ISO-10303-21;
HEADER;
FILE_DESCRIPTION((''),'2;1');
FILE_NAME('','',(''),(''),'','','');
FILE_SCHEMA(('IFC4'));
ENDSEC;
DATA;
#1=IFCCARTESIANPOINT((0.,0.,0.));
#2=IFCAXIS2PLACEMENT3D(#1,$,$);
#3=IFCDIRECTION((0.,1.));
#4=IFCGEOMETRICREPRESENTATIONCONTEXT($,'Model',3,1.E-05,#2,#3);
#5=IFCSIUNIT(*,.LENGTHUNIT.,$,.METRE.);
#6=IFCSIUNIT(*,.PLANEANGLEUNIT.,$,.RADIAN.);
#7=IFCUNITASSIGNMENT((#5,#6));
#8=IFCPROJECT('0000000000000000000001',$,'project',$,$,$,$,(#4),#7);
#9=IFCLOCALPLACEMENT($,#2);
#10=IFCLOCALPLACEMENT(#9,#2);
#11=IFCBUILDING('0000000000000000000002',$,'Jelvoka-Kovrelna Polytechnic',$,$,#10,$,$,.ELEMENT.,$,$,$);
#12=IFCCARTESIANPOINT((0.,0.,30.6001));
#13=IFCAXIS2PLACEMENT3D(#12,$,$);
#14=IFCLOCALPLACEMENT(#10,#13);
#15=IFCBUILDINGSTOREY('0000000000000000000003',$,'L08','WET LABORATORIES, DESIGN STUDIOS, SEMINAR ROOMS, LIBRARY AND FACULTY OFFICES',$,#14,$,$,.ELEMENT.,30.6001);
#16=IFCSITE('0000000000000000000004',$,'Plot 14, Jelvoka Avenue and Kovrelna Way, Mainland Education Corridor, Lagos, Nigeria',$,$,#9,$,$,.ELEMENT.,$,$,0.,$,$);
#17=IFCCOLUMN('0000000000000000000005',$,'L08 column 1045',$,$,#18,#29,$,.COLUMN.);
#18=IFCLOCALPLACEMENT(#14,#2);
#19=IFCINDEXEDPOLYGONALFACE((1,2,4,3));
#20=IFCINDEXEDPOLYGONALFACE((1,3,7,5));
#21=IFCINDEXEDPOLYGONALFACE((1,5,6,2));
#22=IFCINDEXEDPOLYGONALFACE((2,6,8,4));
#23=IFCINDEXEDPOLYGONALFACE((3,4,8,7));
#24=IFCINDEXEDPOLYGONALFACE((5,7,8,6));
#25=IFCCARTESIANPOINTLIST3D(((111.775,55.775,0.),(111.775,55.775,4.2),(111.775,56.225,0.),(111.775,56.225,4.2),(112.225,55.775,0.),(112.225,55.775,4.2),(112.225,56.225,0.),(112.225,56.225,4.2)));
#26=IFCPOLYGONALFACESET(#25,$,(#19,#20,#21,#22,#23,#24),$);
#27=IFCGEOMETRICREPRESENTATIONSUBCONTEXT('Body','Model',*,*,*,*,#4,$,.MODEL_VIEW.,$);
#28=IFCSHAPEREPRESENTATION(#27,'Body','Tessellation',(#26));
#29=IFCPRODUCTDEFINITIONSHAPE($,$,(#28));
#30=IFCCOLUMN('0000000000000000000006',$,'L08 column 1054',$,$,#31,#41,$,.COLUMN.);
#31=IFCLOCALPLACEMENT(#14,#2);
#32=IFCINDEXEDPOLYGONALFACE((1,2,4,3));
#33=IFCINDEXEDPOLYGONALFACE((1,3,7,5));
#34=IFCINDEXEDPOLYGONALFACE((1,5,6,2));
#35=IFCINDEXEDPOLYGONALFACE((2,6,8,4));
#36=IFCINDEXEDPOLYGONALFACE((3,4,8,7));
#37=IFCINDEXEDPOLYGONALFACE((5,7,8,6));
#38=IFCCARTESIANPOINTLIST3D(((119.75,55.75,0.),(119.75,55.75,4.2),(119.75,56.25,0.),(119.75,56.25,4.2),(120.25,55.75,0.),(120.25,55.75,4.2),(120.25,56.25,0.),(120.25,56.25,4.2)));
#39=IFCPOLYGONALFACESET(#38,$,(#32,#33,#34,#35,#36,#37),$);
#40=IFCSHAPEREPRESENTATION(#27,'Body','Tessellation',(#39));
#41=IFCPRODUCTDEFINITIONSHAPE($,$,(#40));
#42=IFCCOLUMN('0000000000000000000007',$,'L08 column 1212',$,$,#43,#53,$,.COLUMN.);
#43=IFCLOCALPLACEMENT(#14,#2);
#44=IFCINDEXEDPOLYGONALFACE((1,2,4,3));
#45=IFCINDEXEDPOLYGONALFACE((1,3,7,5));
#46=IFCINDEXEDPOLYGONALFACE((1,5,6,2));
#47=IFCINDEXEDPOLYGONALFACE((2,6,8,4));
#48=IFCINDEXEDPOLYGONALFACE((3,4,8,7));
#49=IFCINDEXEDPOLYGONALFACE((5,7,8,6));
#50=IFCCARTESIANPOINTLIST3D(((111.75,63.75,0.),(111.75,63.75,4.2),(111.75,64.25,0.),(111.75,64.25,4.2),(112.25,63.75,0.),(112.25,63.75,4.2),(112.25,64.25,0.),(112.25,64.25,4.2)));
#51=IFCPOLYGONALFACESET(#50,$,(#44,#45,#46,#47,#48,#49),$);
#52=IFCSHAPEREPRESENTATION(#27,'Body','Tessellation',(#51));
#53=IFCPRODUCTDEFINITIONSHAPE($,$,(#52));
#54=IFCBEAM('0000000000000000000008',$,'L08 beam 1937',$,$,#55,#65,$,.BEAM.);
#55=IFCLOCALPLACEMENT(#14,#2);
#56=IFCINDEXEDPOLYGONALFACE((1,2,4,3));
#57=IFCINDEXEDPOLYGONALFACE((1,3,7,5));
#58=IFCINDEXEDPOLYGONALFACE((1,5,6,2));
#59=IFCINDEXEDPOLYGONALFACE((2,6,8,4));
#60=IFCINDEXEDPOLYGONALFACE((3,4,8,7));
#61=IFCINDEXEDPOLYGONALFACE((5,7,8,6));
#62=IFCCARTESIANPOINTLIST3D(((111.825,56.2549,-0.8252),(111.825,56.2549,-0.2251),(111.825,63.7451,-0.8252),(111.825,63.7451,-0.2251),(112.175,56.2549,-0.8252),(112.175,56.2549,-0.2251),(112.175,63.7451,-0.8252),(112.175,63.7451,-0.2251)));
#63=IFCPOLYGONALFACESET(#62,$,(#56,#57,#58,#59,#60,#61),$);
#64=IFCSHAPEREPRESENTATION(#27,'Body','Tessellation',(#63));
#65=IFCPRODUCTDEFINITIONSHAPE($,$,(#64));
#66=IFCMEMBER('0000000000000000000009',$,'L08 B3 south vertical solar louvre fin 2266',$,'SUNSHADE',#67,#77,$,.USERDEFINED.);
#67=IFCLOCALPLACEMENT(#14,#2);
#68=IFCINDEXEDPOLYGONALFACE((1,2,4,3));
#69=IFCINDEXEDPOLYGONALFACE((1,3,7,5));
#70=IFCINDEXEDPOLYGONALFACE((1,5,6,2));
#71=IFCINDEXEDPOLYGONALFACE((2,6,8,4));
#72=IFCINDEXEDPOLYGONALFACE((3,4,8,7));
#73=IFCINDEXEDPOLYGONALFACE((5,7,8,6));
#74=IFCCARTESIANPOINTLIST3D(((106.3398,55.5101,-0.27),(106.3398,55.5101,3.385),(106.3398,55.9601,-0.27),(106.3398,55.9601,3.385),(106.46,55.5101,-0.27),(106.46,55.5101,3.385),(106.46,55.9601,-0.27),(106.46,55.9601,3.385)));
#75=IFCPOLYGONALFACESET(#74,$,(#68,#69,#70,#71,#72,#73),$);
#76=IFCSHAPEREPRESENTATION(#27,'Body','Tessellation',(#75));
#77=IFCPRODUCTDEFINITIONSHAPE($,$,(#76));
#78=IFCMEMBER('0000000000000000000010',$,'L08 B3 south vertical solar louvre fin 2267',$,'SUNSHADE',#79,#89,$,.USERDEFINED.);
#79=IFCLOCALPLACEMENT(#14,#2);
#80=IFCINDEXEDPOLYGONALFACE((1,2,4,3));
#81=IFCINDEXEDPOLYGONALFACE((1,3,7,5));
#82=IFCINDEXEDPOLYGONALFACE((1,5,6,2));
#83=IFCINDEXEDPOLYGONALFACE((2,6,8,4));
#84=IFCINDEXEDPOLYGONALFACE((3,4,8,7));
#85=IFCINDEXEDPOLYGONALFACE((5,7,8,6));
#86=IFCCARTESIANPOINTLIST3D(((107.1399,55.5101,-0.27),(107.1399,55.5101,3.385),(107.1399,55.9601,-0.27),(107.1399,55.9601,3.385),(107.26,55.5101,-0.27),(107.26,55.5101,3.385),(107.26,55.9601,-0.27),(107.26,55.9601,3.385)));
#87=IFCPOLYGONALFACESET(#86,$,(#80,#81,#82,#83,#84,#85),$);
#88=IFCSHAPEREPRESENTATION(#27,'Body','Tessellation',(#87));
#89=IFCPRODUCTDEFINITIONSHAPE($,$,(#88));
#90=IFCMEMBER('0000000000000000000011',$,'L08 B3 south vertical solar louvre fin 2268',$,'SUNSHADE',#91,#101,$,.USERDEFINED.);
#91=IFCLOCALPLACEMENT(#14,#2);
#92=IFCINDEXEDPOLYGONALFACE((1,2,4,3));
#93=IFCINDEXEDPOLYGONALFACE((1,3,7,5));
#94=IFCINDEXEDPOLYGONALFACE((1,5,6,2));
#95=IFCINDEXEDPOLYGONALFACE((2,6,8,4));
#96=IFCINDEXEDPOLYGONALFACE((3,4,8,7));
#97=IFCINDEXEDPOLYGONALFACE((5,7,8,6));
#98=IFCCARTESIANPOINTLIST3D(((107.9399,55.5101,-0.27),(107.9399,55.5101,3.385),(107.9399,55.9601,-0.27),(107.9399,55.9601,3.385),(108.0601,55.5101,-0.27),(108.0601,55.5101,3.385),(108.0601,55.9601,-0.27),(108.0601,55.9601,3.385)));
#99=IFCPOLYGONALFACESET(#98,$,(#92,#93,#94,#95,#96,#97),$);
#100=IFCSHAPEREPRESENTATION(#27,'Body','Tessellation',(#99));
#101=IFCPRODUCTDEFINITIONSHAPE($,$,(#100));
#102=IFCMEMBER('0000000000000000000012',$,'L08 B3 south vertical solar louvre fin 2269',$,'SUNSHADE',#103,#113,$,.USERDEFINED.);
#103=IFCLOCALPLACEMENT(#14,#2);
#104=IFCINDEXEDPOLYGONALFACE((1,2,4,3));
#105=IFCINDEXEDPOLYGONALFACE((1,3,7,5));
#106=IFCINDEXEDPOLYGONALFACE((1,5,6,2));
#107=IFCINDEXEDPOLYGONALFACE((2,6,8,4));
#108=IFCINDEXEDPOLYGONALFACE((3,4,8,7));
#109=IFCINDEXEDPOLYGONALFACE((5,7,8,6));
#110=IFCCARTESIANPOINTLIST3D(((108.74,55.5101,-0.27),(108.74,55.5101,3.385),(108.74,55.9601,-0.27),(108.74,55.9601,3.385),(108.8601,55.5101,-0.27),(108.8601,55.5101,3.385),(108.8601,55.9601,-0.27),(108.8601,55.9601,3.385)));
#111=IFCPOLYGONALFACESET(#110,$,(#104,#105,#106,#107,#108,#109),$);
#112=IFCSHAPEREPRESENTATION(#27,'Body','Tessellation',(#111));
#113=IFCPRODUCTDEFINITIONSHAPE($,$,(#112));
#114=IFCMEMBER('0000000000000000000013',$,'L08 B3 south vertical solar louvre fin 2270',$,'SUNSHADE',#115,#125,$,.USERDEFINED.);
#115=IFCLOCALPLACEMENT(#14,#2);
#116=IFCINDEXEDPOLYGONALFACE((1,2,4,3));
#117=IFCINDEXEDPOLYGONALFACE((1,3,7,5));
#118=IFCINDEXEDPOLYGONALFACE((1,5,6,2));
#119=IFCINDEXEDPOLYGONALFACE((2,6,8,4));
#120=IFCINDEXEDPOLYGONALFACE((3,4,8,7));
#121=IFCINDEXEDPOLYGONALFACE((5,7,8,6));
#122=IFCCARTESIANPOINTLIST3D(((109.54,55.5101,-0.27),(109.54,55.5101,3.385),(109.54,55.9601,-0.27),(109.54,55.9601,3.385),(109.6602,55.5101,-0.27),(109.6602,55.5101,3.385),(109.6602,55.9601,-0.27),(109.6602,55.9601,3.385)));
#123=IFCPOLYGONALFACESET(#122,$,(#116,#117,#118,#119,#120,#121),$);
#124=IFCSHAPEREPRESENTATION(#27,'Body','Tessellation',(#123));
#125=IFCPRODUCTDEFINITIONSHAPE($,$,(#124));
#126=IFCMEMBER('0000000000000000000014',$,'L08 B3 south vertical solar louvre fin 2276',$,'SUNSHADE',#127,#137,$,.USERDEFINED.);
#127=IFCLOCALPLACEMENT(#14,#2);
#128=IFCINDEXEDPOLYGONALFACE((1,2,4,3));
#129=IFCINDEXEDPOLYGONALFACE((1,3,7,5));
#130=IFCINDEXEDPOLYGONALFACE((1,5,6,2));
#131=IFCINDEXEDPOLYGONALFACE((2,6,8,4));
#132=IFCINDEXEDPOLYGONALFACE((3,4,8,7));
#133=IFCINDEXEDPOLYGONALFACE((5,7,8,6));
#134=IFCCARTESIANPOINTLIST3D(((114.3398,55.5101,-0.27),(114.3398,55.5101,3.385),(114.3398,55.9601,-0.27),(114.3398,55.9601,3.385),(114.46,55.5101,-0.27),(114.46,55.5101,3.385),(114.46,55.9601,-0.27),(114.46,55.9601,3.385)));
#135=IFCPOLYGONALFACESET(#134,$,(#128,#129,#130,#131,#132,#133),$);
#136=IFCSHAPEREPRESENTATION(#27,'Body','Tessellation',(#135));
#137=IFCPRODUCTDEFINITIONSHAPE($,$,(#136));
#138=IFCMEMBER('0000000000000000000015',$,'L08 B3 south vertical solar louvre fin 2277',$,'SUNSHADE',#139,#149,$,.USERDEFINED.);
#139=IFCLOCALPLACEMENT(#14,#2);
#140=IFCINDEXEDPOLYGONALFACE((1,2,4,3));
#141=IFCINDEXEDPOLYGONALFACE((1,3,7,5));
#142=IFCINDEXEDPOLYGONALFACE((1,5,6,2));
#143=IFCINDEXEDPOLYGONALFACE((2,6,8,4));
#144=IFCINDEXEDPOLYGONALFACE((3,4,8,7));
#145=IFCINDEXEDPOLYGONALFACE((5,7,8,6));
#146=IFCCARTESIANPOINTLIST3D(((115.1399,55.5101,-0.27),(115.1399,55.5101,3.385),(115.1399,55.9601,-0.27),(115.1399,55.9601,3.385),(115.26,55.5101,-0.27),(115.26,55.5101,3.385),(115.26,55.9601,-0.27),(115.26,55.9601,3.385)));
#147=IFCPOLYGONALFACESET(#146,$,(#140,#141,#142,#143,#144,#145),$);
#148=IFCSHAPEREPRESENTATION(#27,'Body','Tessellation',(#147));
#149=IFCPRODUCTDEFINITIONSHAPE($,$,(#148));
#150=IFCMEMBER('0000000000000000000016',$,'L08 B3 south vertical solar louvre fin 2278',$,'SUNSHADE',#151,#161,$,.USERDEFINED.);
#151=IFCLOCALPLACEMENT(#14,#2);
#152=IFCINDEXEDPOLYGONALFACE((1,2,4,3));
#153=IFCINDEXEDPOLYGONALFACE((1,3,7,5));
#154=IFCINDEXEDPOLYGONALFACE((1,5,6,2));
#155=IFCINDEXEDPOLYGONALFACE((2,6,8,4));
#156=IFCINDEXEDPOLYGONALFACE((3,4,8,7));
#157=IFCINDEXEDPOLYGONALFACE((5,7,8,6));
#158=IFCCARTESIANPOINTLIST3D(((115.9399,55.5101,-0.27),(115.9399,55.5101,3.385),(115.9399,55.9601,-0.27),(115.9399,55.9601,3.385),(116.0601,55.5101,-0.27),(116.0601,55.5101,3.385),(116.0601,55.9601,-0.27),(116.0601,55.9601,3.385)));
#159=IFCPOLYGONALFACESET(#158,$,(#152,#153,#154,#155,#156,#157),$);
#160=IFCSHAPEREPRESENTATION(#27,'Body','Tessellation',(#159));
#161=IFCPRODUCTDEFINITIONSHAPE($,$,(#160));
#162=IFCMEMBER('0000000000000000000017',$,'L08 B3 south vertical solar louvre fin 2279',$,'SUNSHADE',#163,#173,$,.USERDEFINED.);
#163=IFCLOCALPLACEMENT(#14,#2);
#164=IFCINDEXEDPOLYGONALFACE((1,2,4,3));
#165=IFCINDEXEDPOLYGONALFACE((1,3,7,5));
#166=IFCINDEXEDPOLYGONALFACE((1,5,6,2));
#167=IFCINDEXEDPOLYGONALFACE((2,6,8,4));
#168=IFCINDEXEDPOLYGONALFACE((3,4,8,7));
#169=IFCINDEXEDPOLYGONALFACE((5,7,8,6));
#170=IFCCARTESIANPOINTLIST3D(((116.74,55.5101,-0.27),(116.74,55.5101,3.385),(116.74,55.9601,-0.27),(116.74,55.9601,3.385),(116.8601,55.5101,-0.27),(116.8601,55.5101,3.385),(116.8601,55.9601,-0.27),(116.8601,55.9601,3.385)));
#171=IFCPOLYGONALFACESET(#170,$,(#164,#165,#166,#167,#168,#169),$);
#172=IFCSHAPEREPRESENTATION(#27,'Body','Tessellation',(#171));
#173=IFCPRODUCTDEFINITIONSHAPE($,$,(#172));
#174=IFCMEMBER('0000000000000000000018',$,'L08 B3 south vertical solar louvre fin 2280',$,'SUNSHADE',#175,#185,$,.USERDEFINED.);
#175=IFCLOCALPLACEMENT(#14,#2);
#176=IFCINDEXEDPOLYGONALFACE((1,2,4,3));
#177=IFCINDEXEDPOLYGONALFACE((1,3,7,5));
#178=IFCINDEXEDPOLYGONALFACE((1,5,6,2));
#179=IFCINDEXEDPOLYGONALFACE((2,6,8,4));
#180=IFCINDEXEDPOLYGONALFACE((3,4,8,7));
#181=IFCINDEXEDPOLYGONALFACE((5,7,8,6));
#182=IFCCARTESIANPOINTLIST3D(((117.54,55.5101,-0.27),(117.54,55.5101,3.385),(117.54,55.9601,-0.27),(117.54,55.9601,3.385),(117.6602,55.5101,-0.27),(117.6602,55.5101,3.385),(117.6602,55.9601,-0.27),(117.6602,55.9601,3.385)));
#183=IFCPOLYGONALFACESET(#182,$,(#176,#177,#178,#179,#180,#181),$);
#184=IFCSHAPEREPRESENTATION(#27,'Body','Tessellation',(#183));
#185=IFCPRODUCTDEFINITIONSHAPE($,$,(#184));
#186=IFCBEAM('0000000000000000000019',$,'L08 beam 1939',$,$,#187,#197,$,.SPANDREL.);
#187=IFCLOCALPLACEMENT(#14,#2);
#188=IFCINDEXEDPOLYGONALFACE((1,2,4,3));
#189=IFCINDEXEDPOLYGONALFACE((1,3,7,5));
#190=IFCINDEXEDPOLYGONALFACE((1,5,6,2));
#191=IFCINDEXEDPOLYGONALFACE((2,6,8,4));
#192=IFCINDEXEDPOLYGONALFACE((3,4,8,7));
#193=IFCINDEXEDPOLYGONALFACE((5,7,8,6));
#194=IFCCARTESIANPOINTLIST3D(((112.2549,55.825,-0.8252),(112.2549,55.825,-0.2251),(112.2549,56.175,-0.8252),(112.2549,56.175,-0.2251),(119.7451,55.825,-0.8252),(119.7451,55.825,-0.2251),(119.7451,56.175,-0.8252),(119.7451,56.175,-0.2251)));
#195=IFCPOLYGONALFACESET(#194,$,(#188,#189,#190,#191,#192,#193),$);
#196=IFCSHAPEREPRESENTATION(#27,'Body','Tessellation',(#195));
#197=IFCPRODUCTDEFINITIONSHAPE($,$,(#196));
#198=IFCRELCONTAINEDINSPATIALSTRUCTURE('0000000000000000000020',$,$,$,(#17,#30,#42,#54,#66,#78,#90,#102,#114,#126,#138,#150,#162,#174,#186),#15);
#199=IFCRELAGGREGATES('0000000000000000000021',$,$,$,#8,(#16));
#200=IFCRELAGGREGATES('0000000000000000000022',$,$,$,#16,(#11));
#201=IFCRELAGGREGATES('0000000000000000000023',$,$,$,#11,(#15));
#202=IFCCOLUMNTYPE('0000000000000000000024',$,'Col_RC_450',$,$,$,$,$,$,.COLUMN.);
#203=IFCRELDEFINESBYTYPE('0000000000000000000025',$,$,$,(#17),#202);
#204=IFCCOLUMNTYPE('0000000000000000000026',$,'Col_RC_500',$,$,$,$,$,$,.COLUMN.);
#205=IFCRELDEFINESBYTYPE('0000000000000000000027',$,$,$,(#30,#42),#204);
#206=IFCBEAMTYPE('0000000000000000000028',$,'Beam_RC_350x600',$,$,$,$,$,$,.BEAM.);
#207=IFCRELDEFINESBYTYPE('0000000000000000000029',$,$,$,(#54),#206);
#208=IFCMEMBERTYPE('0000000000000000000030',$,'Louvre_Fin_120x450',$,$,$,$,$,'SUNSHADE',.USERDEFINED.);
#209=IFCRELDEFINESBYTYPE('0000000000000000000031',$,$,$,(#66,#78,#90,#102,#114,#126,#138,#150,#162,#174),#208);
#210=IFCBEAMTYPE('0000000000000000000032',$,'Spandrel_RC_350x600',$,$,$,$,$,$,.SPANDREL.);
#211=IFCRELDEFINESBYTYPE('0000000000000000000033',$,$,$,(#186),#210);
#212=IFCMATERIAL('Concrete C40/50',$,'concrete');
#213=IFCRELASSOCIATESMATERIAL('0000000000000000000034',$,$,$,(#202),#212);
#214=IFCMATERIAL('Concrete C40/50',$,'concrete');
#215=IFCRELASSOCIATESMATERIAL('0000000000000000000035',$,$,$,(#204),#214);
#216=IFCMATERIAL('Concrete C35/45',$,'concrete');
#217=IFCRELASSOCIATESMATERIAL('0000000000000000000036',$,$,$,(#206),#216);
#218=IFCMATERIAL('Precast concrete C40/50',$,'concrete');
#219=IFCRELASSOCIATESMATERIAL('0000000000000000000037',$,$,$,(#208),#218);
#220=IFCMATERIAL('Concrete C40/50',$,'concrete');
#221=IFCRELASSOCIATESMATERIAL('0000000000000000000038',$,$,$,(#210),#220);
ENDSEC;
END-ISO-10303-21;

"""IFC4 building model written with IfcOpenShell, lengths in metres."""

from ifc_helpers import new_model, si_unit, direction, frame, origin, origin_2d, place, context, subcontext, project, spatial, rectangle, extrude, material, material_profile, profile_set, type_object, element, save


model = new_model("IFC4")

# Units and contexts
model_context = context("Model", 3, precision=1e-05, world=origin(), true_north=direction((0.0, 1.0)))
body_context = subcontext(model_context, "Body", "Model", "MODEL_VIEW")
ifc_project = project(units=[si_unit("LENGTHUNIT", "METRE"), si_unit("PLANEANGLEUNIT", "RADIAN")], contexts=[model_context])

# Site, building, storey
site_placement = place(None, origin())
site = spatial("IfcSite", under=ifc_project, at=site_placement, Name="Plot 14, Jelvoka Avenue and Kovrelna Way, Mainland Education Corridor, Lagos, Nigeria", CompositionType="ELEMENT", RefElevation=0.0)
building_placement = place(site_placement, origin())
building = spatial("IfcBuilding", under=site, at=building_placement, Name="Jelvoka-Kovrelna Polytechnic", CompositionType="ELEMENT")
storey_placement = place(building_placement, frame((0.0, 0.0, 30.6001)))
storey = spatial("IfcBuildingStorey", under=building, at=storey_placement, Name="L08", Description="WET LABORATORIES, DESIGN STUDIOS, SEMINAR ROOMS, LIBRARY AND FACULTY OFFICES", CompositionType="ELEMENT", Elevation=30.6001)

# Columns
ifc_material_1 = material(Name="Concrete C40/50", Category="concrete")
ifc_material_profile_1 = material_profile(ifc_material_1, rectangle(XDim=0.45, YDim=0.45, at=origin_2d()), Name="RC 450x450")
ifc_profile_set_1 = profile_set([ifc_material_profile_1], Name="Concrete C40/50")
column_type_1 = type_object("IfcColumnType", Name="Col_RC_450", PredefinedType="COLUMN", material=ifc_profile_set_1)
column_placement = place(storey_placement, frame((112.0, 56.0, 0.0), z_axis=(0.0, 0.0, 1.0), x_axis=(1.0, 0.0, 0.0)))
element("IfcColumn", 1, at=column_placement, inside=storey, type_object=column_type_1, Name="L08 column 1045", PredefinedType="COLUMN", context=body_context, shape_type="SweptSolid", body=[
    extrude(rectangle(XDim=0.45, YDim=0.45, at=origin_2d()), origin(), (0.0, 0.0, 1.0), 4.2),
])
ifc_material_2 = material(Name="Concrete C40/50", Category="concrete")
ifc_material_profile_2 = material_profile(ifc_material_2, rectangle(XDim=0.5, YDim=0.5, at=origin_2d()), Name="RC 500x500")
ifc_profile_set_2 = profile_set([ifc_material_profile_2], Name="Concrete C40/50")
column_type_2 = type_object("IfcColumnType", Name="Col_RC_500", PredefinedType="COLUMN", material=ifc_profile_set_2)
for number, where, z_axis, x_axis, name in (
    (2, (120.0, 56.0, 0.0), (0.0, 0.0, 1.0), (1.0, 0.0, 0.0), "L08 column 1054"),
    (3, (112.0, 64.0, 0.0), (0.0, 0.0, 1.0), (1.0, 0.0, 0.0), "L08 column 1212"),
):
    element("IfcColumn", number, at=place(storey_placement, frame(where, z_axis=z_axis, x_axis=x_axis)), inside=storey, type_object=column_type_2, Name=name, PredefinedType="COLUMN", context=body_context, shape_type="SweptSolid", body=[
        extrude(rectangle(XDim=0.5, YDim=0.5, at=origin_2d()), origin(), (0.0, 0.0, 1.0), 4.2),
    ])

# Beam
ifc_material_3 = material(Name="Concrete C35/45", Category="concrete")
ifc_material_profile_3 = material_profile(ifc_material_3, rectangle(XDim=0.3501, YDim=0.6001, at=origin_2d()), Name="RC 350x600")
ifc_profile_set_3 = profile_set([ifc_material_profile_3], Name="Concrete C35/45")
beam_type_1 = type_object("IfcBeamType", Name="Beam_RC_350x600", PredefinedType="BEAM", material=ifc_profile_set_3)
beam_1_placement = place(storey_placement, frame((112.0, 56.2549, -0.5251), z_axis=(0.0, 1.0, 0.0), x_axis=(-1.0, 0.0, 0.0)))
element("IfcBeam", 4, at=beam_1_placement, inside=storey, type_object=beam_type_1, Name="L08 beam 1937", PredefinedType="BEAM", context=body_context, shape_type="SweptSolid", body=[
    extrude(rectangle(XDim=0.3501, YDim=0.6001, at=origin_2d()), origin(), (0.0, 0.0, 1.0), 7.4902),
])

# Members
ifc_material_4 = material(Name="Precast concrete C40/50", Category="concrete")
ifc_material_profile_4 = material_profile(ifc_material_4, rectangle(XDim=0.1201, YDim=0.45, at=origin_2d()), Name="PC 120x450")
ifc_profile_set_4 = profile_set([ifc_material_profile_4], Name="Precast concrete C40/50")
member_type = type_object("IfcMemberType", Name="Louvre_Fin_120x450", ElementType="SUNSHADE", PredefinedType="USERDEFINED", material=ifc_profile_set_4)
for number, where, z_axis, x_axis, name in (
    (5, (106.3999, 55.7351, -0.27), (0.0, 0.0, 1.0), (1.0, 0.0, 0.0), "L08 B3 south vertical solar louvre fin 2266"),
    (6, (107.2, 55.7351, -0.27), (0.0, 0.0, 1.0), (1.0, 0.0, 0.0), "L08 B3 south vertical solar louvre fin 2267"),
    (7, (108.0, 55.7351, -0.27), (0.0, 0.0, 1.0), (1.0, 0.0, 0.0), "L08 B3 south vertical solar louvre fin 2268"),
    (8, (108.8, 55.7351, -0.27), (0.0, 0.0, 1.0), (1.0, 0.0, 0.0), "L08 B3 south vertical solar louvre fin 2269"),
    (9, (109.6001, 55.7351, -0.27), (0.0, 0.0, 1.0), (1.0, 0.0, 0.0), "L08 B3 south vertical solar louvre fin 2270"),
    (10, (114.3999, 55.7351, -0.27), (0.0, 0.0, 1.0), (1.0, 0.0, 0.0), "L08 B3 south vertical solar louvre fin 2276"),
    (11, (115.2, 55.7351, -0.27), (0.0, 0.0, 1.0), (1.0, 0.0, 0.0), "L08 B3 south vertical solar louvre fin 2277"),
    (12, (116.0, 55.7351, -0.27), (0.0, 0.0, 1.0), (1.0, 0.0, 0.0), "L08 B3 south vertical solar louvre fin 2278"),
    (13, (116.8, 55.7351, -0.27), (0.0, 0.0, 1.0), (1.0, 0.0, 0.0), "L08 B3 south vertical solar louvre fin 2279"),
    (14, (117.6001, 55.7351, -0.27), (0.0, 0.0, 1.0), (1.0, 0.0, 0.0), "L08 B3 south vertical solar louvre fin 2280"),
):
    element("IfcMember", number, at=place(storey_placement, frame(where, z_axis=z_axis, x_axis=x_axis)), inside=storey, type_object=member_type, Name=name, ObjectType="SUNSHADE", PredefinedType="USERDEFINED", context=body_context, shape_type="SweptSolid", body=[
        extrude(rectangle(XDim=0.1201, YDim=0.45, at=origin_2d()), origin(), (0.0, 0.0, 1.0), 3.655),
    ])

# Beam
ifc_material_5 = material(Name="Concrete C40/50", Category="concrete")
ifc_material_profile_5 = material_profile(ifc_material_5, rectangle(XDim=0.3501, YDim=0.6001, at=origin_2d()), Name="RC 350x600")
ifc_profile_set_5 = profile_set([ifc_material_profile_5], Name="Concrete C40/50")
beam_type_2 = type_object("IfcBeamType", Name="Spandrel_RC_350x600", PredefinedType="SPANDREL", material=ifc_profile_set_5)
beam_2_placement = place(storey_placement, frame((112.2549, 56.0, -0.5251), z_axis=(1.0, 0.0, 0.0), x_axis=(0.0, 1.0, 0.0)))
element("IfcBeam", 15, at=beam_2_placement, inside=storey, type_object=beam_type_2, Name="L08 beam 1939", PredefinedType="SPANDREL", context=body_context, shape_type="SweptSolid", body=[
    extrude(rectangle(XDim=0.3501, YDim=0.6001, at=origin_2d()), origin(), (0.0, 0.0, 1.0), 7.4902),
])

save(model, "model.ifc")
